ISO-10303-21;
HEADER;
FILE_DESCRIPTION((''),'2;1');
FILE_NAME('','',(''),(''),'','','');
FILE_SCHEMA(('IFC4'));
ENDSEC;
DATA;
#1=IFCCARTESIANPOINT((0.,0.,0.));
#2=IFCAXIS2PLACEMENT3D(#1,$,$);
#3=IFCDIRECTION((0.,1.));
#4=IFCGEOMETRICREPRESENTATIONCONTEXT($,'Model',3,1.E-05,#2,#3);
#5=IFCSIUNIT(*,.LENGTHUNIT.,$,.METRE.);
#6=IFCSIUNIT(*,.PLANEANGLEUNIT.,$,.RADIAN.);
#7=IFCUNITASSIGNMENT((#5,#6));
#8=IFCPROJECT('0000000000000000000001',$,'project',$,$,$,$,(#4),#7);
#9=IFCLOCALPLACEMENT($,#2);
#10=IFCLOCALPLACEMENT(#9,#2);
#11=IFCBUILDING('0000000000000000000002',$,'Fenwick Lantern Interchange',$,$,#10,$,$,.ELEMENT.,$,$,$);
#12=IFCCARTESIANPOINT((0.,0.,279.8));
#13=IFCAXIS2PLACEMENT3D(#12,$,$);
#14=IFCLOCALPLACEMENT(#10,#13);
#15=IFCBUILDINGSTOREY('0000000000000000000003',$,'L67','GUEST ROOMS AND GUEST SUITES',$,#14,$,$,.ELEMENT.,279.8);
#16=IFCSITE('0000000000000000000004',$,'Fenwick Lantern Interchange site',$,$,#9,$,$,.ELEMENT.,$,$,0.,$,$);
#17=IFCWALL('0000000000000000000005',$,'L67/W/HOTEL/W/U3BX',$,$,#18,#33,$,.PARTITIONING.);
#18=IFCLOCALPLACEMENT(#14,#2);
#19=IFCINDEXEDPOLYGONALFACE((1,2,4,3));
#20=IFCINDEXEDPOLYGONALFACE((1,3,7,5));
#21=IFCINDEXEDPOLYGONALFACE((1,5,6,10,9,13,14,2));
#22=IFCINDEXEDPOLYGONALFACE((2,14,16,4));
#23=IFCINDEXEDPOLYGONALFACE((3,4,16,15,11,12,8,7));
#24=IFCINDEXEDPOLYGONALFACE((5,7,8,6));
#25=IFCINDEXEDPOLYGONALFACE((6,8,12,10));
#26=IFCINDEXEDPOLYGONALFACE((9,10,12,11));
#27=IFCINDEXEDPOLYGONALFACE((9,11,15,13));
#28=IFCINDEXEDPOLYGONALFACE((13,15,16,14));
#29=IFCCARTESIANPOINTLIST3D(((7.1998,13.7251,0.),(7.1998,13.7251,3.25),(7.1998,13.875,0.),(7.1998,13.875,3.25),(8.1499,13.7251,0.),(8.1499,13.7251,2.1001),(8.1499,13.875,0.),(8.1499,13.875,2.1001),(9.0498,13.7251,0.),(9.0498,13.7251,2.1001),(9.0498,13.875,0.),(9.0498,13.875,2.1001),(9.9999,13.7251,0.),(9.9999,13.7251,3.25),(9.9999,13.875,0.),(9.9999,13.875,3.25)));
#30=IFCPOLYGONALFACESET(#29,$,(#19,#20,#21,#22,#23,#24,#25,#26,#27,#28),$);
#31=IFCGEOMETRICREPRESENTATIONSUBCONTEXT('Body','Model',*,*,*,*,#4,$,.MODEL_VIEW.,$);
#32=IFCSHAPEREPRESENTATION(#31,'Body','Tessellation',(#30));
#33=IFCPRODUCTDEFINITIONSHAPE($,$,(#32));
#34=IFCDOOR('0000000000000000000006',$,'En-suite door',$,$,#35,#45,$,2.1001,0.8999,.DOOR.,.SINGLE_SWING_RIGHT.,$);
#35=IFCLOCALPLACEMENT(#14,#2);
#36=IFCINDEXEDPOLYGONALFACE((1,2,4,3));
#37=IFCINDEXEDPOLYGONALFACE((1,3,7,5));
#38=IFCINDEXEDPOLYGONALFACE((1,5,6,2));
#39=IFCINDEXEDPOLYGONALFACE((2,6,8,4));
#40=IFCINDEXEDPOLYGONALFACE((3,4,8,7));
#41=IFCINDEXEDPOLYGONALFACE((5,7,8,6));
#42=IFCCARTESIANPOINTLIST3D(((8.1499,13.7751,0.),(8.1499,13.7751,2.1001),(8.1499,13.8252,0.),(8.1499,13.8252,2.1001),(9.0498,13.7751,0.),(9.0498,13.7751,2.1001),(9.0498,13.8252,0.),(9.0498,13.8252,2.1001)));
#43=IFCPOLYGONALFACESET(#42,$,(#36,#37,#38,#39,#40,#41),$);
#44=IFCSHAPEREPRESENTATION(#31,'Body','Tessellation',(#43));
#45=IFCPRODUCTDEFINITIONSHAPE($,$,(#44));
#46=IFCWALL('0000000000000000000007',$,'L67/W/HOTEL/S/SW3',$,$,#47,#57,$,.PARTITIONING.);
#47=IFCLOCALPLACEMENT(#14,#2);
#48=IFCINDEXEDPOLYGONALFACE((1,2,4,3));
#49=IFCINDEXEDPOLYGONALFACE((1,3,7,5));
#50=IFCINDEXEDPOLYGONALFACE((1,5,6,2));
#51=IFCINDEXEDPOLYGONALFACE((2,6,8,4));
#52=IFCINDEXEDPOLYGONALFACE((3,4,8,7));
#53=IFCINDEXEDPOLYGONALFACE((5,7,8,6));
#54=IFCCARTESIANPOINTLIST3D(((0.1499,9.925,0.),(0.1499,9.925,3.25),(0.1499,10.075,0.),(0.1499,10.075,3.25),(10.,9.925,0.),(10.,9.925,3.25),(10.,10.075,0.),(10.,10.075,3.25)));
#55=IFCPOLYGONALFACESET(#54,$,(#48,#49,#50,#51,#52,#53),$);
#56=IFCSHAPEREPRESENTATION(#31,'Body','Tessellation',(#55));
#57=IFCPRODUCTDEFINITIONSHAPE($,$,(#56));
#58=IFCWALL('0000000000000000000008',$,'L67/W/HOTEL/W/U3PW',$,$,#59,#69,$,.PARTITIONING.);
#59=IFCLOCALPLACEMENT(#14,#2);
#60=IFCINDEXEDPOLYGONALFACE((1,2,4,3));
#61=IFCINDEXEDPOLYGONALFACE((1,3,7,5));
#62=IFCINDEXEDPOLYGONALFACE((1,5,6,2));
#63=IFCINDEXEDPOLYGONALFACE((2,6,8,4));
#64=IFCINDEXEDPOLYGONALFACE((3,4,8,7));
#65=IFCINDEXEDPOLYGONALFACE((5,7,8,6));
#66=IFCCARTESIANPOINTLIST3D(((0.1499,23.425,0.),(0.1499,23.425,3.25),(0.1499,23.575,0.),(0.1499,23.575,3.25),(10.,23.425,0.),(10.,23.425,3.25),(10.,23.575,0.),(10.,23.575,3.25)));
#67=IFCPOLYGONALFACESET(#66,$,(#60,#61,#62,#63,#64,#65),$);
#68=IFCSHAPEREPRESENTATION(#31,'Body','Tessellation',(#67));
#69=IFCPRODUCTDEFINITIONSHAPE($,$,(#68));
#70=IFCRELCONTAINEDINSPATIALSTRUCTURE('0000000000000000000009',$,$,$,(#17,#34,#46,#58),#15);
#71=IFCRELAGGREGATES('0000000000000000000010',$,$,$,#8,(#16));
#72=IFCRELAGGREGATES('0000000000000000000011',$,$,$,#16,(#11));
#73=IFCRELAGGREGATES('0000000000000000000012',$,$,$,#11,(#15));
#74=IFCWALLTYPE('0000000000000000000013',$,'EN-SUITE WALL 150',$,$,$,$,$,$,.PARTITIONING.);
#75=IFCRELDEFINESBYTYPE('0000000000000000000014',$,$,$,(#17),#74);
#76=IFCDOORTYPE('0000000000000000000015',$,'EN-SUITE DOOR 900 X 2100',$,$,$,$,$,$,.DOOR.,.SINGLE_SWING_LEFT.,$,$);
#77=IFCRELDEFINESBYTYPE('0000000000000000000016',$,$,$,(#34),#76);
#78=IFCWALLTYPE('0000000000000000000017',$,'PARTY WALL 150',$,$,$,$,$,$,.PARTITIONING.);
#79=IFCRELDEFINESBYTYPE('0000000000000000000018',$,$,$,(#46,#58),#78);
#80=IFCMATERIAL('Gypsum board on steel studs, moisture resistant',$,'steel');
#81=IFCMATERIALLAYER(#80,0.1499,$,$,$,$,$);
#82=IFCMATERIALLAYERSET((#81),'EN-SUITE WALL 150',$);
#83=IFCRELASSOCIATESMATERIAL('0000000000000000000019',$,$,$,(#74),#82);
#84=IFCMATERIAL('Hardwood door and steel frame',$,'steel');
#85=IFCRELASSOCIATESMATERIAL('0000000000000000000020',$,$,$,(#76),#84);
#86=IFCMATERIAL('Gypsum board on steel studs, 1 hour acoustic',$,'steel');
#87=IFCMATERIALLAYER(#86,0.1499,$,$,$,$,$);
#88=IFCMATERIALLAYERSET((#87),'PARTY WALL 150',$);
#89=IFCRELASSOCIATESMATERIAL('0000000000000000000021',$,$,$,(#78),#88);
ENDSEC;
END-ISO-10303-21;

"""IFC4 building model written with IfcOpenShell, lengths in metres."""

from ifc_helpers import new_model, si_unit, direction, frame, frame_2d, origin, place, context, subcontext, project, spatial, rectangle, extrude, material, layer, layer_set, type_object, element, fill, save


model = new_model("IFC4")

# Units and contexts
model_context = context("Model", 3, precision=1e-05, world=origin(), true_north=direction((0.0, 1.0)))
body_context = subcontext(model_context, "Body", "Model", "MODEL_VIEW")
ifc_project = project(units=[si_unit("LENGTHUNIT", "METRE"), si_unit("PLANEANGLEUNIT", "RADIAN")], contexts=[model_context])

# Site, building, storey
site_placement = place(None, origin())
site = spatial("IfcSite", under=ifc_project, at=site_placement, Name="Fenwick Lantern Interchange site", CompositionType="ELEMENT", RefElevation=0.0)
building_placement = place(site_placement, origin())
building = spatial("IfcBuilding", under=site, at=building_placement, Name="Fenwick Lantern Interchange", CompositionType="ELEMENT")
storey_placement = place(building_placement, frame((0.0, 0.0, 279.8)))
storey = spatial("IfcBuildingStorey", under=building, at=storey_placement, Name="L67", Description="GUEST ROOMS AND GUEST SUITES", CompositionType="ELEMENT", Elevation=279.8)

# Shared definitions
ifc_material_1 = material(Name="Gypsum board on steel studs, moisture resistant", Category="steel")
ifc_layer_1 = layer(ifc_material_1, 0.1499)
ifc_layer_set_1 = layer_set([ifc_layer_1], Name="EN-SUITE WALL 150")
wall_type_1 = type_object("IfcWallType", Name="EN-SUITE WALL 150", PredefinedType="PARTITIONING", material=ifc_layer_set_1)

# Wall, opening, door
wall_1_placement = place(storey_placement, frame((7.2, 13.8, 0.0), z_axis=(0.0, 0.0, 1.0), x_axis=(1.0, 0.0, 0.0)))
wall_1 = element("IfcWall", 1, at=wall_1_placement, inside=storey, type_object=wall_type_1, Name="L67/W/HOTEL/W/U3BX", PredefinedType="PARTITIONING", context=body_context, shape_type="SweptSolid", body=[
    extrude(rectangle(XDim=2.8, YDim=0.1499, at=frame_2d((1.3999, 0.0))), origin(), (0.0, 0.0, 1.0), 3.25),
])
opening_placement = place(wall_1_placement, frame((0.95, 0.0, 0.0)))
opening = element("IfcOpeningElement", 2, at=opening_placement, cuts=wall_1, PredefinedType="OPENING", context=body_context, shape_type="SweptSolid", body=[
    extrude(rectangle(XDim=0.8999, YDim=2.1001, at=frame_2d((0.45, 1.05))), frame((0.0, 0.085, 0.0), z_axis=(0.0, -1.0, 0.0), x_axis=(1.0, 0.0, 0.0)), (0.0, 0.0, 1.0), 0.1699),
])
ifc_material_2 = material(Name="Hardwood door and steel frame", Category="steel")
door_type = type_object("IfcDoorType", Name="EN-SUITE DOOR 900 X 2100", OperationType="SINGLE_SWING_LEFT", PredefinedType="DOOR", material=ifc_material_2)
door_placement = place(opening_placement, frame((0.8999, 0.0, 0.0), z_axis=(0.0, 0.0, 1.0), x_axis=(-1.0, 0.0, 0.0)))
door = element("IfcDoor", 3, at=door_placement, inside=storey, type_object=door_type, Name="En-suite door", OperationType="SINGLE_SWING_RIGHT", OverallHeight=2.1001, OverallWidth=0.8999, PredefinedType="DOOR", context=body_context, shape_type="SweptSolid", body=[
    extrude(rectangle(XDim=0.8999, YDim=2.1001, at=frame_2d((0.45, 1.05))), frame((0.0, 0.0249, 0.0), z_axis=(0.0, -1.0, 0.0), x_axis=(1.0, 0.0, 0.0)), (0.0, 0.0, 1.0), 0.05),
])
fill(opening, door)

# Walls
ifc_material_3 = material(Name="Gypsum board on steel studs, 1 hour acoustic", Category="steel")
ifc_layer_2 = layer(ifc_material_3, 0.1499)
ifc_layer_set_2 = layer_set([ifc_layer_2], Name="PARTY WALL 150")
wall_type_2 = type_object("IfcWallType", Name="PARTY WALL 150", PredefinedType="PARTITIONING", material=ifc_layer_set_2)
for number, where, z_axis, x_axis, name in (
    (4, (0.1499, 10.0, 0.0), (0.0, 0.0, 1.0), (1.0, 0.0, 0.0), "L67/W/HOTEL/S/SW3"),
    (5, (0.1499, 23.5, 0.0), (0.0, 0.0, 1.0), (1.0, 0.0, 0.0), "L67/W/HOTEL/W/U3PW"),
):
    element("IfcWall", number, at=place(storey_placement, frame(where, z_axis=z_axis, x_axis=x_axis)), inside=storey, type_object=wall_type_2, Name=name, PredefinedType="PARTITIONING", context=body_context, shape_type="SweptSolid", body=[
        extrude(rectangle(XDim=9.8501, YDim=0.1499, at=frame_2d((4.925, 0.0))), origin(), (0.0, 0.0, 1.0), 3.25),
    ])

save(model, "model.ifc")
